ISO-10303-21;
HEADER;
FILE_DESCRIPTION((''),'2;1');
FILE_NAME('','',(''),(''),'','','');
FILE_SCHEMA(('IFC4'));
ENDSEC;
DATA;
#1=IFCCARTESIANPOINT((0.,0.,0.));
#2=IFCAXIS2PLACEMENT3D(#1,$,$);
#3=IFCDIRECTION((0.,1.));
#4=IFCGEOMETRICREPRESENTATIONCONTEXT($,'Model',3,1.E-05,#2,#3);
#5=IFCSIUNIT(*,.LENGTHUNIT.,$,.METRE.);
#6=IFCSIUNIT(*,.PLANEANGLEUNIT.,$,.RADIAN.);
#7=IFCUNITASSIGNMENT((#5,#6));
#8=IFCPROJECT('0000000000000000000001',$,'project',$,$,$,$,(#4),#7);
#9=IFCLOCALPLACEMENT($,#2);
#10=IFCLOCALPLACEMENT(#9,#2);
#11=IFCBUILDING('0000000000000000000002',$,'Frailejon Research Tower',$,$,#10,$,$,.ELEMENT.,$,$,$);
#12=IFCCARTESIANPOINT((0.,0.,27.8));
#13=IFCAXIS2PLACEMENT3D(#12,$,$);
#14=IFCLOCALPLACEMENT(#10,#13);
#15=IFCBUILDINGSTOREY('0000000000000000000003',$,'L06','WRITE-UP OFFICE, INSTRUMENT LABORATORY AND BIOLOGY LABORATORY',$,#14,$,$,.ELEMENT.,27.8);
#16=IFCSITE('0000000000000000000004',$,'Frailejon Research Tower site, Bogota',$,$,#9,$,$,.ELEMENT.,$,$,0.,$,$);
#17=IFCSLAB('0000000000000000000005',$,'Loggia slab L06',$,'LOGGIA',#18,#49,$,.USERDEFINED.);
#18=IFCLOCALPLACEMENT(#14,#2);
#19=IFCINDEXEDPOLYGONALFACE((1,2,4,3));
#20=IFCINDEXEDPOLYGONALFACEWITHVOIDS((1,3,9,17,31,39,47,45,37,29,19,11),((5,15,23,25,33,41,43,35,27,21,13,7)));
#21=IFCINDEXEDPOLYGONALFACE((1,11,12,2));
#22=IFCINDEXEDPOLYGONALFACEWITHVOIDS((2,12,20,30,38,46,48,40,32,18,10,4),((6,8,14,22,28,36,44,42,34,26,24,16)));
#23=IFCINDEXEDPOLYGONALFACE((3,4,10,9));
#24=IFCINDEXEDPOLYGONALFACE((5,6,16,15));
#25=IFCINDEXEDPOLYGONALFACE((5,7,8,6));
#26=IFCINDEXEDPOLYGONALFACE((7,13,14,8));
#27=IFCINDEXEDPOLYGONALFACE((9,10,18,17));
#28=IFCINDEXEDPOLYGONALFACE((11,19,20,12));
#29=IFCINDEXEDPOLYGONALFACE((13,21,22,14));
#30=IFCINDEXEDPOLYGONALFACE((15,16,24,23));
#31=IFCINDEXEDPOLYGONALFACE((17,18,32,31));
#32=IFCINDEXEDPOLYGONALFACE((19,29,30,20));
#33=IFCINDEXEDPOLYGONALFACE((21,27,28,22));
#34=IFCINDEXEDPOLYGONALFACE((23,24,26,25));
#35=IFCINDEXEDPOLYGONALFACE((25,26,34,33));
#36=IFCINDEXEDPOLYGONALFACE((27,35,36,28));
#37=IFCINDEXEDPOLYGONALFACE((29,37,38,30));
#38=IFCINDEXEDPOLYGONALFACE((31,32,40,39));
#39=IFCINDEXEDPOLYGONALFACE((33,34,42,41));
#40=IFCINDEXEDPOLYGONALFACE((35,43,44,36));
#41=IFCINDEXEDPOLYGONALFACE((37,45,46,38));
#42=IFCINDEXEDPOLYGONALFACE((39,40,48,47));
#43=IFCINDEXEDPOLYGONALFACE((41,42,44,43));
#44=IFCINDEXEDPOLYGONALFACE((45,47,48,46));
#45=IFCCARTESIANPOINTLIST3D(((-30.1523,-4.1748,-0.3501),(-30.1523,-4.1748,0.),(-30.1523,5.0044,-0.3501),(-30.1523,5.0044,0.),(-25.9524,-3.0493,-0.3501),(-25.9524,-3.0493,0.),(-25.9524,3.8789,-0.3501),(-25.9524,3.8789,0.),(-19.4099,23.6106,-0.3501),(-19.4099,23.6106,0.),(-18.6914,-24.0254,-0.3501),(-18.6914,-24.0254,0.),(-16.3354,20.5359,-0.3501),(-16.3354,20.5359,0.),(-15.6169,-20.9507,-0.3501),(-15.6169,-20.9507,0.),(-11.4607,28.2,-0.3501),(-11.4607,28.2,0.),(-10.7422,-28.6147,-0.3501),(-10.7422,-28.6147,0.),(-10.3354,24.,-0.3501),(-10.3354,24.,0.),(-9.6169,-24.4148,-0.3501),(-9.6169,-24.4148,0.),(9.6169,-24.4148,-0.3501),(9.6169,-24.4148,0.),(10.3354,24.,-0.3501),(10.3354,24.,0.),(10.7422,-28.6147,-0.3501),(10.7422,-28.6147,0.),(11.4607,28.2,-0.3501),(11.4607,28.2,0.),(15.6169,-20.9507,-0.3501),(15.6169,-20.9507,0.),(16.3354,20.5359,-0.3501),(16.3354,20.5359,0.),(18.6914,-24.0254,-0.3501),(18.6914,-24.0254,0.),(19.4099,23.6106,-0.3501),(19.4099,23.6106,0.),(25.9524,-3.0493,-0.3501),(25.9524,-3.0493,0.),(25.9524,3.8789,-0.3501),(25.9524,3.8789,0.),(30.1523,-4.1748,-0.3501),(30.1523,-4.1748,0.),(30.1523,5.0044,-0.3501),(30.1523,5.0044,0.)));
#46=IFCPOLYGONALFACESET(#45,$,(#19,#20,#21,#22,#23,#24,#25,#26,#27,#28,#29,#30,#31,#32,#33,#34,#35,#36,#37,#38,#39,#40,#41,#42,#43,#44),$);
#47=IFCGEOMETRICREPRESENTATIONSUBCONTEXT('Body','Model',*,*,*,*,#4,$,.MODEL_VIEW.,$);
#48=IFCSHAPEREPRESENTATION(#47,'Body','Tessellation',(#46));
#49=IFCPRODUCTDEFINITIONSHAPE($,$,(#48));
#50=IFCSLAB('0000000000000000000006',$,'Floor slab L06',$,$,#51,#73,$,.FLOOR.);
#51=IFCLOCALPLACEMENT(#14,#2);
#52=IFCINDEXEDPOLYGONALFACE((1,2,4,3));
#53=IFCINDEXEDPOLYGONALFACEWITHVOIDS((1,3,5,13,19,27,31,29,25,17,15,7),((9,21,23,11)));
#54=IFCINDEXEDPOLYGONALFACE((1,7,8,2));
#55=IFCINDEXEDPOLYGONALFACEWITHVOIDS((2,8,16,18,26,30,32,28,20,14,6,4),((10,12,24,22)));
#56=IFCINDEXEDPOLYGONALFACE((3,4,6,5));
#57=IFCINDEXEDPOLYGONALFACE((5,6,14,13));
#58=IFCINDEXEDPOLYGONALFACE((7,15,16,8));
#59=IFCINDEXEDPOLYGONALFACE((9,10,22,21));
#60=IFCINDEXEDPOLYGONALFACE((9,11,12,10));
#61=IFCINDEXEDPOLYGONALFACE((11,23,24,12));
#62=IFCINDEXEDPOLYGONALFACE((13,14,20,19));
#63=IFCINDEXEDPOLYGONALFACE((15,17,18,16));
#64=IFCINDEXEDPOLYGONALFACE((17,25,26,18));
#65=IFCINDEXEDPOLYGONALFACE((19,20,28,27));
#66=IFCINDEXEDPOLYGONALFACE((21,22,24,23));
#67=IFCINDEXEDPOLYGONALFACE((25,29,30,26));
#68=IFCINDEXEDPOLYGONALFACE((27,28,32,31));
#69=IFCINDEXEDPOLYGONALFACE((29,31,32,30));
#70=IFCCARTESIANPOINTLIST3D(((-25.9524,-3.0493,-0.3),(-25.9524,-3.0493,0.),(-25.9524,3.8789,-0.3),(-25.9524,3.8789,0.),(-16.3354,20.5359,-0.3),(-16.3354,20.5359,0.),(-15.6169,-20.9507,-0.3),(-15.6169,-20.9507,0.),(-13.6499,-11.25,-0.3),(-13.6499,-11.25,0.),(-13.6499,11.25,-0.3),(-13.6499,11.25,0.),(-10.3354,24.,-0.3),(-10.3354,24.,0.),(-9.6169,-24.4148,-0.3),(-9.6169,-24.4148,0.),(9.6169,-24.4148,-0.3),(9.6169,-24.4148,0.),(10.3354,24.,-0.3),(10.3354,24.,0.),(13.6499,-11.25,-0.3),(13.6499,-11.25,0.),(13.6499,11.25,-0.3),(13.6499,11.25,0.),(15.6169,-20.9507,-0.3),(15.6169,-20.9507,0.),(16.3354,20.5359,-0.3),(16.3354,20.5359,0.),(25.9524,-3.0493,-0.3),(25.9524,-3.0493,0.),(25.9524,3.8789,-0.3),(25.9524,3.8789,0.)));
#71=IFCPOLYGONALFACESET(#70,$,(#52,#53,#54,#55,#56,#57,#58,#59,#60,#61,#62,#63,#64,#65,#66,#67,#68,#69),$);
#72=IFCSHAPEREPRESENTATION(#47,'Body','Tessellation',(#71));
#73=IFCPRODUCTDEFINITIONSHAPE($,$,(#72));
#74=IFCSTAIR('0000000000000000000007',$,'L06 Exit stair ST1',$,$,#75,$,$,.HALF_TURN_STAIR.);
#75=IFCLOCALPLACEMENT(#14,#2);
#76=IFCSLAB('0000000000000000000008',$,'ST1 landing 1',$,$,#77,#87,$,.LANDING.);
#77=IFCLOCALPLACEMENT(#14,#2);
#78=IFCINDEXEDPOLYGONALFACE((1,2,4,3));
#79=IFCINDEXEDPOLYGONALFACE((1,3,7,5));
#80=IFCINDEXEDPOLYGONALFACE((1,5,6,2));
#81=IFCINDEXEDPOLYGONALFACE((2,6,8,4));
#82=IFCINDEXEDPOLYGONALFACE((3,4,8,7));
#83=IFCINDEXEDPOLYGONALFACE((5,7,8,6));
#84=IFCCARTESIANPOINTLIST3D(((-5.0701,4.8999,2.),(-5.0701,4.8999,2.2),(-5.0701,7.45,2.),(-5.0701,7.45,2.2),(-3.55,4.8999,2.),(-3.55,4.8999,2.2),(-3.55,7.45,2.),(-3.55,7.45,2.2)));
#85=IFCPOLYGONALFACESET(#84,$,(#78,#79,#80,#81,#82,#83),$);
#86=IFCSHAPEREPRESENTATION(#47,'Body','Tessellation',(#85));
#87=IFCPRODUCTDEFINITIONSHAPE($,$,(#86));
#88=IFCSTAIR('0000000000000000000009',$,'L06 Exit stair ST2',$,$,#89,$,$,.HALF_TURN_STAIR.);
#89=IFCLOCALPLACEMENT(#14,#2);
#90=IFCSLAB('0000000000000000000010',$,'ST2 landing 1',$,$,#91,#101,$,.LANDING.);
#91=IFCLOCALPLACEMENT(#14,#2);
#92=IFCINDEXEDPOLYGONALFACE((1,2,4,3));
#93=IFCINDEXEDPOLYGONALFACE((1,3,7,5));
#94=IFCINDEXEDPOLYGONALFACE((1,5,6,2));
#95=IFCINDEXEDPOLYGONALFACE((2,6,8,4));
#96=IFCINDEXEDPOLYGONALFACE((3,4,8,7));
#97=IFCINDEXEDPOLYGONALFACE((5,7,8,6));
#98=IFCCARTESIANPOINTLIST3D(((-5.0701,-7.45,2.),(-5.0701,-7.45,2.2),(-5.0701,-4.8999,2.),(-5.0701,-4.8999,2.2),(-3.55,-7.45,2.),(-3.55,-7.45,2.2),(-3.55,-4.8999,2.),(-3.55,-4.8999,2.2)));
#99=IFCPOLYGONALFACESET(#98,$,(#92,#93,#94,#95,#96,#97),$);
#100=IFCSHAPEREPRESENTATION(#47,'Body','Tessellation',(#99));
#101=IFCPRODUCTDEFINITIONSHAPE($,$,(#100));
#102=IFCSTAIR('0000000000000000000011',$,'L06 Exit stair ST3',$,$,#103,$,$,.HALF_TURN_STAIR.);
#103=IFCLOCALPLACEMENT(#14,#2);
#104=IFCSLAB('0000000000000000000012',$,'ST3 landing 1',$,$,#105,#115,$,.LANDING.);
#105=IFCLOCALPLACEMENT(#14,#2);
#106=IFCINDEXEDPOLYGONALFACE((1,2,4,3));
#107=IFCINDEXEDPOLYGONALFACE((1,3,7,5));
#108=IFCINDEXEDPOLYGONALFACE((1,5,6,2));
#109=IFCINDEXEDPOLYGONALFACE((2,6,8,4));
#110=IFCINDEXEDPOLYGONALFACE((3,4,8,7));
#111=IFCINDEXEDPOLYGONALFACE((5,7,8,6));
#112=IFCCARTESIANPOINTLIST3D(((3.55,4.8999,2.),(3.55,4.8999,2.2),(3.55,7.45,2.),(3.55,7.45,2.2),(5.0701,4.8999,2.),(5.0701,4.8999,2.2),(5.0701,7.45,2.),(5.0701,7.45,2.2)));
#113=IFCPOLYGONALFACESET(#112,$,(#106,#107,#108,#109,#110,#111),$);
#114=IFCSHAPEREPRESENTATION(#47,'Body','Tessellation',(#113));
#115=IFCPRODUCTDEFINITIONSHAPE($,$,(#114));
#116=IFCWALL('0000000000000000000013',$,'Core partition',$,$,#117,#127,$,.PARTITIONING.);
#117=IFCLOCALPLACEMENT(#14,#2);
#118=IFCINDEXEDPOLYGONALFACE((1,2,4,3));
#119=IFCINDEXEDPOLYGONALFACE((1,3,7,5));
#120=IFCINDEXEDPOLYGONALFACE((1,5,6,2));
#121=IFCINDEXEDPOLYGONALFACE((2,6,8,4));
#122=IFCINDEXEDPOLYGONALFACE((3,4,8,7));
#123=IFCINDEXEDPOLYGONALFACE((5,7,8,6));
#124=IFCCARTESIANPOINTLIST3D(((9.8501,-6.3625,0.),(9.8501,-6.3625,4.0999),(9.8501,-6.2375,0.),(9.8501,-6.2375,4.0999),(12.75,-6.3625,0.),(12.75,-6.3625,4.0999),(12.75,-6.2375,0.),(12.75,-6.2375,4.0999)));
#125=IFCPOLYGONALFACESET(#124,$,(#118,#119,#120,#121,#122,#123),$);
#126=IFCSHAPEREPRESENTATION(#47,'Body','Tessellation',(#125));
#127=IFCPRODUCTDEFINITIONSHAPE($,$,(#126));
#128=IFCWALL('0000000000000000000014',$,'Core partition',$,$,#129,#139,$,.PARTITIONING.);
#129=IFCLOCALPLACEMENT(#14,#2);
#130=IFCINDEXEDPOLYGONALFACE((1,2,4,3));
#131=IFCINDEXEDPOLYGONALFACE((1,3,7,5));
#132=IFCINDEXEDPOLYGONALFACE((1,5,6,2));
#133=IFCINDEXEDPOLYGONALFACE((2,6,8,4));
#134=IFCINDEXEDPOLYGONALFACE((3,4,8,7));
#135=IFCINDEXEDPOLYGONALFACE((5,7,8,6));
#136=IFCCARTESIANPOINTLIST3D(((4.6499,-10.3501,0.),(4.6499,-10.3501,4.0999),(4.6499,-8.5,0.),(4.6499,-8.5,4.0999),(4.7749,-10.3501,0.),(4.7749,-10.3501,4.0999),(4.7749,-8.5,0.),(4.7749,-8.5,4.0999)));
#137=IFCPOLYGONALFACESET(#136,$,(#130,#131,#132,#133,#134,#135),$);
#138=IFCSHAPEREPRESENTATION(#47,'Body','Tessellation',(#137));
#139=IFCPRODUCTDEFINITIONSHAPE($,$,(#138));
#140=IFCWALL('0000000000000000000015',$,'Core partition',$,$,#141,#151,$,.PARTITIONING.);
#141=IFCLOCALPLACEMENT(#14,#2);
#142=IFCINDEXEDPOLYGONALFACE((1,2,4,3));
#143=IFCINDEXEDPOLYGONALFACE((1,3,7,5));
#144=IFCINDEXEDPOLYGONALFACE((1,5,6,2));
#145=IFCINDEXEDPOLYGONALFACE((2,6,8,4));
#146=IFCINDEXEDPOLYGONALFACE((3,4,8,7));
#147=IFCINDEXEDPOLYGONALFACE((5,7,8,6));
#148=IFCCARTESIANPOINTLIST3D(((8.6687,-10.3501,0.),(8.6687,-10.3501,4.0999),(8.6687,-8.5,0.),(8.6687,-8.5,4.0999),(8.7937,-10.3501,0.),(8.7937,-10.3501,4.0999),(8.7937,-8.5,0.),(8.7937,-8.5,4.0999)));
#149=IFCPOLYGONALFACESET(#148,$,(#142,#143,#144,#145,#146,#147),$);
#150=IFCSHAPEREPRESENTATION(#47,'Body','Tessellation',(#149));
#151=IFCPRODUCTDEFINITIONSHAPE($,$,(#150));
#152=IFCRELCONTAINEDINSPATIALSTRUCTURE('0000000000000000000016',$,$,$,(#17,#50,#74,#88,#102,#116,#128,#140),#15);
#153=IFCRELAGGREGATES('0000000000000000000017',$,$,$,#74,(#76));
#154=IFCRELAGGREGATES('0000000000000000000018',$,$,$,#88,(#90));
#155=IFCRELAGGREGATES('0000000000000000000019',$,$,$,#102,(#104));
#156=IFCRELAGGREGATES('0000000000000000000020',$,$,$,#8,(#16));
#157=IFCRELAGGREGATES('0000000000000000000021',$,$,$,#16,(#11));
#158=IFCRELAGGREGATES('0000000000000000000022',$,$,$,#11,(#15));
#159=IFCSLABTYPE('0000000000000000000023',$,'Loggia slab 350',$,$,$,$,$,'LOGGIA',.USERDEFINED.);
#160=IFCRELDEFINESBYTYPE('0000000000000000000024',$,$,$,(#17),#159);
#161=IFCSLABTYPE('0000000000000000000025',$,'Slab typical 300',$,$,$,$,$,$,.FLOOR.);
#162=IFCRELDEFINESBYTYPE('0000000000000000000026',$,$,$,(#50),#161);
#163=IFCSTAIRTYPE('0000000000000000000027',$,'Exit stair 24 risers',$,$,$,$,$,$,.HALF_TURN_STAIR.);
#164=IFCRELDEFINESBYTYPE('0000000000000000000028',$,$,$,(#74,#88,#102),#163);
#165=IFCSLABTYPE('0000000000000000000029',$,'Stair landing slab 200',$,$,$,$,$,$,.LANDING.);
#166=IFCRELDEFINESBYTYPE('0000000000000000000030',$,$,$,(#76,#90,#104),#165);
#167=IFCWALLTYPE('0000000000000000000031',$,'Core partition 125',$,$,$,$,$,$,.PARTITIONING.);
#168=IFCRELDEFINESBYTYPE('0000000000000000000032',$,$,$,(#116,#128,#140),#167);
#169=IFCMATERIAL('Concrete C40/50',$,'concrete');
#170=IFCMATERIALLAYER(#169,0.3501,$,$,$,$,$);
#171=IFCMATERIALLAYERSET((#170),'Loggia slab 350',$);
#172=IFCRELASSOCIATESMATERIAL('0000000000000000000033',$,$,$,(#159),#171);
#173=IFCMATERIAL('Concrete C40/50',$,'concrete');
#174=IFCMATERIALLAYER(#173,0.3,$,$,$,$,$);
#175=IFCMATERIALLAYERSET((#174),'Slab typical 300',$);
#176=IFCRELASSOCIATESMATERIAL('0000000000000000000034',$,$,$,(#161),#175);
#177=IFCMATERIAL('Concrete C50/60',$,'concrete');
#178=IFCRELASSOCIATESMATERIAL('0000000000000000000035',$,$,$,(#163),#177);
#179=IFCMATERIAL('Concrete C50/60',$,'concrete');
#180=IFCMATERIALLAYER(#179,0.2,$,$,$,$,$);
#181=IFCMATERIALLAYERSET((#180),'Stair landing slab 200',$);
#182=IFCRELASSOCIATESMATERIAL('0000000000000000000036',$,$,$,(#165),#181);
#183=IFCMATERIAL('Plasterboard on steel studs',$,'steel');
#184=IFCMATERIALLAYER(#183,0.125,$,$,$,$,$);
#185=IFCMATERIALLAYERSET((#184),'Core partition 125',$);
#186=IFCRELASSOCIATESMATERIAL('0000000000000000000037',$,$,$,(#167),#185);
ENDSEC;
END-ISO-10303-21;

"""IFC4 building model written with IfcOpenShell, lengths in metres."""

from ifc_helpers import new_model, si_unit, direction, frame, frame_2d, origin, place, context, subcontext, project, spatial, polyline, rectangle, outline, extrude, material, layer, layer_set, type_object, element, aggregate, save


model = new_model("IFC4")

# Units and contexts
model_context = context("Model", 3, precision=1e-05, world=origin(), true_north=direction((0.0, 1.0)))
body_context = subcontext(model_context, "Body", "Model", "MODEL_VIEW")
ifc_project = project(units=[si_unit("LENGTHUNIT", "METRE"), si_unit("PLANEANGLEUNIT", "RADIAN")], contexts=[model_context])

# Site, building, storey
site_placement = place(None, origin())
site = spatial("IfcSite", under=ifc_project, at=site_placement, Name="Frailejon Research Tower site, Bogota", CompositionType="ELEMENT", RefElevation=0.0)
building_placement = place(site_placement, origin())
building = spatial("IfcBuilding", under=site, at=building_placement, Name="Frailejon Research Tower", CompositionType="ELEMENT")
storey_placement = place(building_placement, frame((0.0, 0.0, 27.8)))
storey = spatial("IfcBuildingStorey", under=building, at=storey_placement, Name="L06", Description="WRITE-UP OFFICE, INSTRUMENT LABORATORY AND BIOLOGY LABORATORY", CompositionType="ELEMENT", Elevation=27.8)

# Slabs
ifc_material_1 = material(Name="Concrete C40/50", Category="concrete")
ifc_layer_1 = layer(ifc_material_1, 0.3501)
ifc_layer_set_1 = layer_set([ifc_layer_1], Name="Loggia slab 350")
slab_type_1 = type_object("IfcSlabType", Name="Loggia slab 350", ElementType="LOGGIA", PredefinedType="USERDEFINED", material=ifc_layer_set_1)
slab_1_placement = place(storey_placement, frame((0.0, 0.0, -0.3501)))
element("IfcSlab", 1, at=slab_1_placement, inside=storey, type_object=slab_type_1, Name="Loggia slab L06", ObjectType="LOGGIA", PredefinedType="USERDEFINED", context=body_context, shape_type="SweptSolid", body=[
    extrude(outline(polyline([(18.6914, -24.0254), (10.7422, -28.6147), (-10.7422, -28.6147), (-18.6914, -24.0254), (-30.1523, -4.1748), (-30.1523, 5.0044), (-19.4099, 23.6106), (-11.4607, 28.2), (11.4607, 28.2), (19.4099, 23.6106), (30.1523, 5.0044), (30.1523, -4.1748), (18.6914, -24.0254)]), holes=[polyline([(25.9524, 3.8789), (16.3354, 20.5359), (10.3354, 24.0), (-10.3354, 24.0), (-16.3354, 20.5359), (-25.9524, 3.8789), (-25.9524, -3.0493), (-15.6169, -20.9507), (-9.6169, -24.4148), (9.6169, -24.4148), (15.6169, -20.9507), (25.9524, -3.0493), (25.9524, 3.8789)])]), origin(), (0.0, 0.0, 1.0), 0.3501),
])
ifc_material_2 = material(Name="Concrete C40/50", Category="concrete")
ifc_layer_2 = layer(ifc_material_2, 0.3)
ifc_layer_set_2 = layer_set([ifc_layer_2], Name="Slab typical 300")
slab_type_2 = type_object("IfcSlabType", Name="Slab typical 300", PredefinedType="FLOOR", material=ifc_layer_set_2)
slab_2_placement = place(storey_placement, frame((0.0, 0.0, -0.3)))
element("IfcSlab", 2, at=slab_2_placement, inside=storey, type_object=slab_type_2, Name="Floor slab L06", PredefinedType="FLOOR", context=body_context, shape_type="SweptSolid", body=[
    extrude(outline(polyline([(25.9524, -3.0493), (25.9524, 3.8789), (16.3354, 20.5359), (10.3354, 24.0), (-10.3354, 24.0), (-16.3354, 20.5359), (-25.9524, 3.8789), (-25.9524, -3.0493), (-15.6169, -20.9507), (-9.6169, -24.4148), (9.6169, -24.4148), (15.6169, -20.9507), (25.9524, -3.0493)]), holes=[polyline([(13.6499, -11.25), (-13.6499, -11.25), (-13.6499, 11.25), (13.6499, 11.25), (13.6499, -11.25)])]), origin(), (0.0, 0.0, 1.0), 0.3),
])

# Stairs, slabs
ifc_material_3 = material(Name="Concrete C50/60", Category="concrete")
stair_type = type_object("IfcStairType", Name="Exit stair 24 risers", PredefinedType="HALF_TURN_STAIR", material=ifc_material_3)
stair_1_placement = place(storey_placement, origin())
stair_1 = element("IfcStair", 3, at=stair_1_placement, inside=storey, type_object=stair_type, Name="L06 Exit stair ST1", PredefinedType="HALF_TURN_STAIR")
ifc_material_4 = material(Name="Concrete C50/60", Category="concrete")
ifc_layer_3 = layer(ifc_material_4, 0.2)
ifc_layer_set_3 = layer_set([ifc_layer_3], Name="Stair landing slab 200")
slab_type_3 = type_object("IfcSlabType", Name="Stair landing slab 200", PredefinedType="LANDING", material=ifc_layer_set_3)
slab_3_placement = place(storey_placement, frame((0.0, 0.0, 2.0)))
slab_3 = element("IfcSlab", 4, at=slab_3_placement, type_object=slab_type_3, Name="ST1 landing 1", PredefinedType="LANDING", context=body_context, shape_type="SweptSolid", body=[
    extrude(outline(polyline([(-5.0701, 4.8999), (-3.55, 4.8999), (-3.55, 7.45), (-5.0701, 7.45), (-5.0701, 4.8999)])), origin(), (0.0, 0.0, 1.0), 0.2),
])
aggregate(stair_1, [slab_3])
stair_2_placement = place(storey_placement, origin())
stair_2 = element("IfcStair", 5, at=stair_2_placement, inside=storey, type_object=stair_type, Name="L06 Exit stair ST2", PredefinedType="HALF_TURN_STAIR")
slab_4_placement = place(storey_placement, frame((0.0, 0.0, 2.0)))
slab_4 = element("IfcSlab", 6, at=slab_4_placement, type_object=slab_type_3, Name="ST2 landing 1", PredefinedType="LANDING", context=body_context, shape_type="SweptSolid", body=[
    extrude(outline(polyline([(-5.0701, -7.45), (-3.55, -7.45), (-3.55, -4.8999), (-5.0701, -4.8999), (-5.0701, -7.45)])), origin(), (0.0, 0.0, 1.0), 0.2),
])
aggregate(stair_2, [slab_4])
stair_3_placement = place(storey_placement, origin())
stair_3 = element("IfcStair", 7, at=stair_3_placement, inside=storey, type_object=stair_type, Name="L06 Exit stair ST3", PredefinedType="HALF_TURN_STAIR")
slab_5_placement = place(storey_placement, frame((0.0, 0.0, 2.0)))
slab_5 = element("IfcSlab", 8, at=slab_5_placement, type_object=slab_type_3, Name="ST3 landing 1", PredefinedType="LANDING", context=body_context, shape_type="SweptSolid", body=[
    extrude(outline(polyline([(5.0701, 7.45), (3.55, 7.45), (3.55, 4.8999), (5.0701, 4.8999), (5.0701, 7.45)])), origin(), (0.0, 0.0, 1.0), 0.2),
])
aggregate(stair_3, [slab_5])

# Walls
ifc_material_5 = material(Name="Plasterboard on steel studs", Category="steel")
ifc_layer_4 = layer(ifc_material_5, 0.125)
ifc_layer_set_4 = layer_set([ifc_layer_4], Name="Core partition 125")
wall_type_1 = type_object("IfcWallType", Name="Core partition 125", PredefinedType="PARTITIONING", material=ifc_layer_set_4)
wall_1_placement = place(storey_placement, frame((9.8501, -6.3, 0.0), z_axis=(0.0, 0.0, 1.0), x_axis=(1.0, 0.0, 0.0)))
element("IfcWall", 9, at=wall_1_placement, inside=storey, type_object=wall_type_1, Name="Core partition", PredefinedType="PARTITIONING", context=body_context, shape_type="SweptSolid", body=[
    extrude(rectangle(XDim=2.8999, YDim=0.125, at=frame_2d((1.45, 0.0))), origin(), (0.0, 0.0, 1.0), 4.0999),
])
for number, where, z_axis, x_axis, name in (
    (10, (4.7124, -10.3501, 0.0), (0.0, 0.0, 1.0), (0.0, 1.0, 0.0), "Core partition"),
    (11, (8.7312, -10.3501, 0.0), (0.0, 0.0, 1.0), (0.0, 1.0, 0.0), "Core partition"),
):
    element("IfcWall", number, at=place(storey_placement, frame(where, z_axis=z_axis, x_axis=x_axis)), inside=storey, type_object=wall_type_1, Name=name, PredefinedType="PARTITIONING", context=body_context, shape_type="SweptSolid", body=[
        extrude(rectangle(XDim=1.8501, YDim=0.125, at=frame_2d((0.925, 0.0))), origin(), (0.0, 0.0, 1.0), 4.0999),
    ])

save(model, "model.ifc")
